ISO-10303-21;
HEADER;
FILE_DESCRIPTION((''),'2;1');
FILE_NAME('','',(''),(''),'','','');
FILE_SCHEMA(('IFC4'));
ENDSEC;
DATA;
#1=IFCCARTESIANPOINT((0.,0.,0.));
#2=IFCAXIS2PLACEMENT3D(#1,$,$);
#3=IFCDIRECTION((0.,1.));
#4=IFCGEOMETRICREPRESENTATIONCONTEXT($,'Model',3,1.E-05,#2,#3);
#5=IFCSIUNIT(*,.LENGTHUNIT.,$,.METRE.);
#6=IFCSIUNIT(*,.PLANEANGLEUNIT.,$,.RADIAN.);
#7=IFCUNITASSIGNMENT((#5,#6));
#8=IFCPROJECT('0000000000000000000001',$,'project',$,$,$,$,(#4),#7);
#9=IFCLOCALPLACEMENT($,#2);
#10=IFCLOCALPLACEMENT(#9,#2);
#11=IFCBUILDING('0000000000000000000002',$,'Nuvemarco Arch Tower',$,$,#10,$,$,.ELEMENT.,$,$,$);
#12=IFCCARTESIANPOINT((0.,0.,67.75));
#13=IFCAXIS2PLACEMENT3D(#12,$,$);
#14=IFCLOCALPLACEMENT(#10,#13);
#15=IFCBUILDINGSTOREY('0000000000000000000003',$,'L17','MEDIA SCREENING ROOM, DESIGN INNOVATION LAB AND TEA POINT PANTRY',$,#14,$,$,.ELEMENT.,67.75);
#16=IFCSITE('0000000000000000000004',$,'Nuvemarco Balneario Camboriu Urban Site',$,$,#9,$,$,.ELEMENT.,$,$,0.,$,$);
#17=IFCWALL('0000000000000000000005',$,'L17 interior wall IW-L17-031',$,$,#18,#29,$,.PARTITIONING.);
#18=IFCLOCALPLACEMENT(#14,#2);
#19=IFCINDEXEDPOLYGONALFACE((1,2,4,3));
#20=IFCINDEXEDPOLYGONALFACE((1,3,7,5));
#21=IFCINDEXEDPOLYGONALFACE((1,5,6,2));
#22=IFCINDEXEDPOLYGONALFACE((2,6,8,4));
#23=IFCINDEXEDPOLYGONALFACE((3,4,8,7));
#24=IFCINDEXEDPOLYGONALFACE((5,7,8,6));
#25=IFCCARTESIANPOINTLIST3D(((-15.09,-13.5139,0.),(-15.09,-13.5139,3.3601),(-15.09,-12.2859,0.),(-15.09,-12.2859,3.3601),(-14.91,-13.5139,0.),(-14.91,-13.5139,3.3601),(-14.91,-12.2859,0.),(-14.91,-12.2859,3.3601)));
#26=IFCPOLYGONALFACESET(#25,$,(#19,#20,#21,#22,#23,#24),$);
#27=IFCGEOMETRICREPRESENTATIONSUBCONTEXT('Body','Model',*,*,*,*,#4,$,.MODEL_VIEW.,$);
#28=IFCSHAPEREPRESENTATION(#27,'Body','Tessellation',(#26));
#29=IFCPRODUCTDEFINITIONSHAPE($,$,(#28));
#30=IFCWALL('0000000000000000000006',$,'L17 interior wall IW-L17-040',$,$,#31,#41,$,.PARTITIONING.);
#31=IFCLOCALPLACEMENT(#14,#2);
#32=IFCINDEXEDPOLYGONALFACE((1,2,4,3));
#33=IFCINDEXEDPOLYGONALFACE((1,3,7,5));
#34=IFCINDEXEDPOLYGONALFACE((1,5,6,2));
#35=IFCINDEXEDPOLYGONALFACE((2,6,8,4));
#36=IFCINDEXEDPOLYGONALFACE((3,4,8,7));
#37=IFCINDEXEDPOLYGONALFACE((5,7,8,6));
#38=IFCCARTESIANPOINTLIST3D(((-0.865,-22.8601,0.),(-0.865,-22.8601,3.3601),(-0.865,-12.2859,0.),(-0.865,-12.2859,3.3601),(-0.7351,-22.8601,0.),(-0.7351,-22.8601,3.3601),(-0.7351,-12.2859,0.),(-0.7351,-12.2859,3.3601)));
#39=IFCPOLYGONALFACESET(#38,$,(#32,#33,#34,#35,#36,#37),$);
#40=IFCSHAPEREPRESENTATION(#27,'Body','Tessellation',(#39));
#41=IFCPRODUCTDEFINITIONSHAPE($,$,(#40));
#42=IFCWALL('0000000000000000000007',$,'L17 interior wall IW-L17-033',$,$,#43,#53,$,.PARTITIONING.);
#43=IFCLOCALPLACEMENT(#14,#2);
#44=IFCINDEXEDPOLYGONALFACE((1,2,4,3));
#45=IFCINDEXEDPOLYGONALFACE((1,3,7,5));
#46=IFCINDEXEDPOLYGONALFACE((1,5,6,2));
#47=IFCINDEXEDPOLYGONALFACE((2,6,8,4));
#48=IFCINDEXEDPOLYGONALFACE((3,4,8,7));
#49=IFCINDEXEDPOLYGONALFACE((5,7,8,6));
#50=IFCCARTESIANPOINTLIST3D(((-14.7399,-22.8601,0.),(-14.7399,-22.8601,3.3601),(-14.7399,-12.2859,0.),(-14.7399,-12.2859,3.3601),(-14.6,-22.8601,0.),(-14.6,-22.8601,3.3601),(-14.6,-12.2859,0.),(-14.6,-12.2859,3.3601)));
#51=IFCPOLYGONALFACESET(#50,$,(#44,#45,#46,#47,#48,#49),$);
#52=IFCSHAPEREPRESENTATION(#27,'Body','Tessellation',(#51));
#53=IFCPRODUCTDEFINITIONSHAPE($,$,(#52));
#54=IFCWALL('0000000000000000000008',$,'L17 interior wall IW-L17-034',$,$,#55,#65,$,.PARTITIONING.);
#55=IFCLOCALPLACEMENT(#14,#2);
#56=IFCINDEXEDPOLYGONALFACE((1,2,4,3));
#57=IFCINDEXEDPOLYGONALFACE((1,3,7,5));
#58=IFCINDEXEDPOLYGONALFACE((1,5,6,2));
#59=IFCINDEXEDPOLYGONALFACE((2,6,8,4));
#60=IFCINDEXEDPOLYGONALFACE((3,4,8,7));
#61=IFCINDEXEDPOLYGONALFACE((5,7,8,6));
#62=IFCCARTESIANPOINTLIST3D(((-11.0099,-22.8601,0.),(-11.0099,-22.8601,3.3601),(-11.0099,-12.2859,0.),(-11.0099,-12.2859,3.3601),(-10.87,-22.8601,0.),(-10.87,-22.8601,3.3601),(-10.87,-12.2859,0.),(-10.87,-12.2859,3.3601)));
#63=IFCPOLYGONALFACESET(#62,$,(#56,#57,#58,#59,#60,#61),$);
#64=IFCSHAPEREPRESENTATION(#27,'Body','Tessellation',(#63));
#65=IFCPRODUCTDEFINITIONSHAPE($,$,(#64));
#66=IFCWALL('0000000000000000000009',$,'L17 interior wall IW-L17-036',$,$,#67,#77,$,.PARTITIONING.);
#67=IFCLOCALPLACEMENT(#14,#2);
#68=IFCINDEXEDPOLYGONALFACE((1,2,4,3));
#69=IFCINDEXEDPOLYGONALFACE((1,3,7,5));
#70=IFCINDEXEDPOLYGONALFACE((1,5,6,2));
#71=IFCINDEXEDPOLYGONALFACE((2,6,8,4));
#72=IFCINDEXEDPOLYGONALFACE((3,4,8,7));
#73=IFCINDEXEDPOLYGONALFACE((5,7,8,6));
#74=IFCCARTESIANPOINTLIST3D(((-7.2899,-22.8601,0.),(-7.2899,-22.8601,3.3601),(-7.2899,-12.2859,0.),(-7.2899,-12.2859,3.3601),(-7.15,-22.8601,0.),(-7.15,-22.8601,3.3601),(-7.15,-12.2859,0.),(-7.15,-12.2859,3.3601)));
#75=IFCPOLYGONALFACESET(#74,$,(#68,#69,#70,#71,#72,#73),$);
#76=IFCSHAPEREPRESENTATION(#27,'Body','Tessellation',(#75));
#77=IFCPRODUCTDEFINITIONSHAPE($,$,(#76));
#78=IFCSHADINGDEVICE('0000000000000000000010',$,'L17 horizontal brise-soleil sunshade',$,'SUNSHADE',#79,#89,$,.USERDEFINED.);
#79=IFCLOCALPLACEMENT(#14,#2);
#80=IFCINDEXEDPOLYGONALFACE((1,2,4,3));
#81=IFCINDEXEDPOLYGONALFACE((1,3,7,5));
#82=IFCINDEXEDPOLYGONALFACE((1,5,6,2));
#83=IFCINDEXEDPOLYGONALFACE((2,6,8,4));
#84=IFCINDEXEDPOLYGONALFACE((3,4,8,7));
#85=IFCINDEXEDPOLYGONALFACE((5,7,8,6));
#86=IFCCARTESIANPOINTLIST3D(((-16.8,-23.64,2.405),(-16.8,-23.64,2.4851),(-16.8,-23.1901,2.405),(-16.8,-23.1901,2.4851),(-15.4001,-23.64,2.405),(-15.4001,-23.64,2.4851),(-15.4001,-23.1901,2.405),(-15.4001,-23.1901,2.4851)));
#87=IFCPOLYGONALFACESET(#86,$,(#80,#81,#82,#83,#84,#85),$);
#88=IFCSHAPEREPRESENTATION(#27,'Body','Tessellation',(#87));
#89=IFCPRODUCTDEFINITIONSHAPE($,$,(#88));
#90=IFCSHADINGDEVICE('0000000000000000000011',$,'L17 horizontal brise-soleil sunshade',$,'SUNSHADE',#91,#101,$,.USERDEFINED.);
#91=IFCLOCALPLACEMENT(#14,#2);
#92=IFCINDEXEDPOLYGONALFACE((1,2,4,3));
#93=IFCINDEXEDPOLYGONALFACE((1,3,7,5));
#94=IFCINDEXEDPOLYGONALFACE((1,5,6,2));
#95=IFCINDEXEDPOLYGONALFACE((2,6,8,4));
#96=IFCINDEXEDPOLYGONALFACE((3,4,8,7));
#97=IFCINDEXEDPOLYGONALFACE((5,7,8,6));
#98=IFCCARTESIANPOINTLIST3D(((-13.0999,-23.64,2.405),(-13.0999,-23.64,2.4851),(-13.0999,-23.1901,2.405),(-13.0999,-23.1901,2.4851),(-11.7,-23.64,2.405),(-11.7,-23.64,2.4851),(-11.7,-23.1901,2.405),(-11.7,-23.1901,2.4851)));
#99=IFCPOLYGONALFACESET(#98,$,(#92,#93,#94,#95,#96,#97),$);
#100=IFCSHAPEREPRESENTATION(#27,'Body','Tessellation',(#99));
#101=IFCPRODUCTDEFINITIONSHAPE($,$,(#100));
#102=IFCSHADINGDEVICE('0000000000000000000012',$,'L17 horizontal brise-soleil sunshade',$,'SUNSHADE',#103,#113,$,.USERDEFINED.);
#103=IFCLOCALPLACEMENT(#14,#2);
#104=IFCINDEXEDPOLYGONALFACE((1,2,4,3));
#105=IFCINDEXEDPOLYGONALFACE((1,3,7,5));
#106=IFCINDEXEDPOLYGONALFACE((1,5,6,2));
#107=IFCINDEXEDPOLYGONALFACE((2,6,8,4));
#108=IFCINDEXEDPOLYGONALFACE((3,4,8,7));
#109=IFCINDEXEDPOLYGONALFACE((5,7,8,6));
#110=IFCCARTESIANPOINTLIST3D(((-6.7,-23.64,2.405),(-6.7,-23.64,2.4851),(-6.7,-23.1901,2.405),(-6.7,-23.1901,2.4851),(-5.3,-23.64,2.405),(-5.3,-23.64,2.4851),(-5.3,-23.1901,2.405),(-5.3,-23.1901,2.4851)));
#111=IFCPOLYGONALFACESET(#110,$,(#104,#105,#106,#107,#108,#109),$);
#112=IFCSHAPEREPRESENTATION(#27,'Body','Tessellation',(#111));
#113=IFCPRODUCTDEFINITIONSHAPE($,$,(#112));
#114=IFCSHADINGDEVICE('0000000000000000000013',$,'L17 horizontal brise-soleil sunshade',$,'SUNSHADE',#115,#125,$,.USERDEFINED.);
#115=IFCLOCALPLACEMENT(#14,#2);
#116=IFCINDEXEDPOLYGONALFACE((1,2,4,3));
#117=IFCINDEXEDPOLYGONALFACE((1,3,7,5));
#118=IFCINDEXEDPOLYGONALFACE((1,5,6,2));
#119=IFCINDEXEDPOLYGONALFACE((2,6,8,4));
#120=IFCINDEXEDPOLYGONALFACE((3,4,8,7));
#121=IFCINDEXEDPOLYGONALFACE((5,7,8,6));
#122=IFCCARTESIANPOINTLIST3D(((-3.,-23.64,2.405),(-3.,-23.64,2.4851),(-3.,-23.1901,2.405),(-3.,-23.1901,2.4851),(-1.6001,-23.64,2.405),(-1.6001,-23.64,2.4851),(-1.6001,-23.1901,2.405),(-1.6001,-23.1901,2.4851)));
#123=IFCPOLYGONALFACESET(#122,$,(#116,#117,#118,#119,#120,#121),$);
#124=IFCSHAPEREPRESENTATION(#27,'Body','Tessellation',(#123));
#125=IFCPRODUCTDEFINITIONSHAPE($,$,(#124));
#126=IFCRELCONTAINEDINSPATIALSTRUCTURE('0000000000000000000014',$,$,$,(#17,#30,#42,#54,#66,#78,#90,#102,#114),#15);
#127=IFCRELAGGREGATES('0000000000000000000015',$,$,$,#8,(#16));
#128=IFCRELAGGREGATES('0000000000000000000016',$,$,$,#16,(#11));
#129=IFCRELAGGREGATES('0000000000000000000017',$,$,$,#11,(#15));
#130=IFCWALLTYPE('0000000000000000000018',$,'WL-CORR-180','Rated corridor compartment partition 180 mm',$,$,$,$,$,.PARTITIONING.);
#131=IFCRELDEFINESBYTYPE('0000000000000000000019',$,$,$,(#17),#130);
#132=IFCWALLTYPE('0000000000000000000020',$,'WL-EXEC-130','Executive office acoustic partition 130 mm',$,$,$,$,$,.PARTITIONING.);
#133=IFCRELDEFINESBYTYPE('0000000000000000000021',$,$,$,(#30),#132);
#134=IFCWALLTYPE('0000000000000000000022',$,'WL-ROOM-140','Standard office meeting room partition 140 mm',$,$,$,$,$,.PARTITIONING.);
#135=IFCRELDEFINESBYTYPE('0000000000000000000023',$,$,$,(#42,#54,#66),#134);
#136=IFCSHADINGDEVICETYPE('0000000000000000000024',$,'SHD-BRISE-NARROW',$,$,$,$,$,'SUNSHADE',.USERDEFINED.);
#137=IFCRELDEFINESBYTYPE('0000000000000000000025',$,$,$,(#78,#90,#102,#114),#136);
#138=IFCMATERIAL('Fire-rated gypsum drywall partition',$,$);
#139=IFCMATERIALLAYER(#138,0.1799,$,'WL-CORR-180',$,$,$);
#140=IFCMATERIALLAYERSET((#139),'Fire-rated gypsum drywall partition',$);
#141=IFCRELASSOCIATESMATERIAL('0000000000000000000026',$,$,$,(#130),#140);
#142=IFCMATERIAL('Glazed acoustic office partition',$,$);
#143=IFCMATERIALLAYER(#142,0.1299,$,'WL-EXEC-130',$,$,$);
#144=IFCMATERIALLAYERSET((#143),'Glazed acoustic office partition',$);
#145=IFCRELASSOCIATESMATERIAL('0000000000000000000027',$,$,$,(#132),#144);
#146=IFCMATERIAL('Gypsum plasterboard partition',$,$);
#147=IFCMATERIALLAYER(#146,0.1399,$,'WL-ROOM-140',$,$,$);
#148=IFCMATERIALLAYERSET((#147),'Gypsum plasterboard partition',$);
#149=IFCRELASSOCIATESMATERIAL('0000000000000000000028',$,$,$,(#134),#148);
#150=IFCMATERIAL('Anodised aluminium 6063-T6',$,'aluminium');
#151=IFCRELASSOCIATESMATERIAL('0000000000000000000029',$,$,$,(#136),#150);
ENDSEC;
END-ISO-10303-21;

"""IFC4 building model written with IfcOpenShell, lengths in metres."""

from ifc_helpers import new_model, si_unit, direction, frame, frame_2d, origin, origin_2d, place, context, subcontext, project, spatial, rectangle, extrude, source, transform, mapped, material, layer, layer_set, type_object, type_shapes, element, save


model = new_model("IFC4")

# Units and contexts
model_context = context("Model", 3, precision=1e-05, world=origin(), true_north=direction((0.0, 1.0)))
body_context = subcontext(model_context, "Body", "Model", "MODEL_VIEW")
ifc_project = project(units=[si_unit("LENGTHUNIT", "METRE"), si_unit("PLANEANGLEUNIT", "RADIAN")], contexts=[model_context])

# Site, building, storey
site_placement = place(None, origin())
site = spatial("IfcSite", under=ifc_project, at=site_placement, Name="Nuvemarco Balneario Camboriu Urban Site", CompositionType="ELEMENT", RefElevation=0.0)
building_placement = place(site_placement, origin())
building = spatial("IfcBuilding", under=site, at=building_placement, Name="Nuvemarco Arch Tower", CompositionType="ELEMENT")
storey_placement = place(building_placement, frame((0.0, 0.0, 67.75)))
storey = spatial("IfcBuildingStorey", under=building, at=storey_placement, Name="L17", Description="MEDIA SCREENING ROOM, DESIGN INNOVATION LAB AND TEA POINT PANTRY", CompositionType="ELEMENT", Elevation=67.75)

# Shared definitions
ifc_material_1 = material(Name="Fire-rated gypsum drywall partition")
ifc_layer_1 = layer(ifc_material_1, 0.1799, Name="WL-CORR-180")
ifc_layer_set_1 = layer_set([ifc_layer_1], Name="Fire-rated gypsum drywall partition")
wall_type_1 = type_object("IfcWallType", Name="WL-CORR-180", Description="Rated corridor compartment partition 180 mm", PredefinedType="PARTITIONING", material=ifc_layer_set_1)

# Walls
wall_1_placement = place(storey_placement, frame((-15.0, -13.5139, 0.0), z_axis=(0.0, 0.0, 1.0), x_axis=(0.0, 1.0, 0.0)))
element("IfcWall", 1, at=wall_1_placement, inside=storey, type_object=wall_type_1, Name="L17 interior wall IW-L17-031", PredefinedType="PARTITIONING", context=body_context, shape_type="SweptSolid", body=[
    extrude(rectangle(XDim=1.228, YDim=0.1799, at=frame_2d((0.614, 0.0))), origin(), (0.0, 0.0, 1.0), 3.3601),
])
ifc_material_2 = material(Name="Glazed acoustic office partition")
ifc_layer_2 = layer(ifc_material_2, 0.1299, Name="WL-EXEC-130")
ifc_layer_set_2 = layer_set([ifc_layer_2], Name="Glazed acoustic office partition")
wall_type_2 = type_object("IfcWallType", Name="WL-EXEC-130", Description="Executive office acoustic partition 130 mm", PredefinedType="PARTITIONING", material=ifc_layer_set_2)
wall_2_placement = place(storey_placement, frame((-0.8, -22.8601, 0.0), z_axis=(0.0, 0.0, 1.0), x_axis=(0.0, 1.0, 0.0)))
element("IfcWall", 2, at=wall_2_placement, inside=storey, type_object=wall_type_2, Name="L17 interior wall IW-L17-040", PredefinedType="PARTITIONING", context=body_context, shape_type="SweptSolid", body=[
    extrude(rectangle(XDim=10.5742, YDim=0.1299, at=frame_2d((5.2871, 0.0))), origin(), (0.0, 0.0, 1.0), 3.3601),
])
ifc_material_3 = material(Name="Gypsum plasterboard partition")
ifc_layer_3 = layer(ifc_material_3, 0.1399, Name="WL-ROOM-140")
ifc_layer_set_3 = layer_set([ifc_layer_3], Name="Gypsum plasterboard partition")
wall_type_3 = type_object("IfcWallType", Name="WL-ROOM-140", Description="Standard office meeting room partition 140 mm", PredefinedType="PARTITIONING", material=ifc_layer_set_3)
for number, where, z_axis, x_axis, name in (
    (3, (-14.6699, -22.8601, 0.0), (0.0, 0.0, 1.0), (0.0, 1.0, 0.0), "L17 interior wall IW-L17-033"),
    (4, (-10.9399, -22.8601, 0.0), (0.0, 0.0, 1.0), (0.0, 1.0, 0.0), "L17 interior wall IW-L17-034"),
    (5, (-7.22, -22.8601, 0.0), (0.0, 0.0, 1.0), (0.0, 1.0, 0.0), "L17 interior wall IW-L17-036"),
):
    element("IfcWall", number, at=place(storey_placement, frame(where, z_axis=z_axis, x_axis=x_axis)), inside=storey, type_object=wall_type_3, Name=name, PredefinedType="PARTITIONING", context=body_context, shape_type="SweptSolid", body=[
        extrude(rectangle(XDim=10.5742, YDim=0.1399, at=frame_2d((5.2871, 0.0))), origin(), (0.0, 0.0, 1.0), 3.3601),
    ])

# Shading devices
ifc_material_4 = material(Name="Anodised aluminium 6063-T6", Category="aluminium")
shading_device_type = type_object("IfcShadingDeviceType", Name="SHD-BRISE-NARROW", ElementType="SUNSHADE", PredefinedType="USERDEFINED", material=ifc_material_4)
shared_shape_1 = source(origin(), body_context, "Body", "SweptSolid", [
    extrude(rectangle(XDim=1.3999, YDim=0.45, at=origin_2d()), origin(), (0.0, 0.0, 1.0), 0.0801),
])
type_shapes(shading_device_type, [shared_shape_1])
for number, where, z_axis, x_axis, name in (
    (6, (-16.1001, -23.415, 2.405), (0.0, 0.0, 1.0), (1.0, 0.0, 0.0), "L17 horizontal brise-soleil sunshade"),
    (7, (-12.3999, -23.415, 2.405), (0.0, 0.0, 1.0), (1.0, 0.0, 0.0), "L17 horizontal brise-soleil sunshade"),
    (8, (-6.0, -23.415, 2.405), (0.0, 0.0, 1.0), (1.0, 0.0, 0.0), "L17 horizontal brise-soleil sunshade"),
    (9, (-2.3, -23.415, 2.405), (0.0, 0.0, 1.0), (1.0, 0.0, 0.0), "L17 horizontal brise-soleil sunshade"),
):
    element("IfcShadingDevice", number, at=place(storey_placement, frame(where, z_axis=z_axis, x_axis=x_axis)), inside=storey, type_object=shading_device_type, Name=name, ObjectType="SUNSHADE", PredefinedType="USERDEFINED", context=body_context, shape_type="MappedRepresentation", body=[
        mapped(shared_shape_1, transform((0.0, 0.0, 0.0), scale=1.0)),
    ])

save(model, "model.ifc")
